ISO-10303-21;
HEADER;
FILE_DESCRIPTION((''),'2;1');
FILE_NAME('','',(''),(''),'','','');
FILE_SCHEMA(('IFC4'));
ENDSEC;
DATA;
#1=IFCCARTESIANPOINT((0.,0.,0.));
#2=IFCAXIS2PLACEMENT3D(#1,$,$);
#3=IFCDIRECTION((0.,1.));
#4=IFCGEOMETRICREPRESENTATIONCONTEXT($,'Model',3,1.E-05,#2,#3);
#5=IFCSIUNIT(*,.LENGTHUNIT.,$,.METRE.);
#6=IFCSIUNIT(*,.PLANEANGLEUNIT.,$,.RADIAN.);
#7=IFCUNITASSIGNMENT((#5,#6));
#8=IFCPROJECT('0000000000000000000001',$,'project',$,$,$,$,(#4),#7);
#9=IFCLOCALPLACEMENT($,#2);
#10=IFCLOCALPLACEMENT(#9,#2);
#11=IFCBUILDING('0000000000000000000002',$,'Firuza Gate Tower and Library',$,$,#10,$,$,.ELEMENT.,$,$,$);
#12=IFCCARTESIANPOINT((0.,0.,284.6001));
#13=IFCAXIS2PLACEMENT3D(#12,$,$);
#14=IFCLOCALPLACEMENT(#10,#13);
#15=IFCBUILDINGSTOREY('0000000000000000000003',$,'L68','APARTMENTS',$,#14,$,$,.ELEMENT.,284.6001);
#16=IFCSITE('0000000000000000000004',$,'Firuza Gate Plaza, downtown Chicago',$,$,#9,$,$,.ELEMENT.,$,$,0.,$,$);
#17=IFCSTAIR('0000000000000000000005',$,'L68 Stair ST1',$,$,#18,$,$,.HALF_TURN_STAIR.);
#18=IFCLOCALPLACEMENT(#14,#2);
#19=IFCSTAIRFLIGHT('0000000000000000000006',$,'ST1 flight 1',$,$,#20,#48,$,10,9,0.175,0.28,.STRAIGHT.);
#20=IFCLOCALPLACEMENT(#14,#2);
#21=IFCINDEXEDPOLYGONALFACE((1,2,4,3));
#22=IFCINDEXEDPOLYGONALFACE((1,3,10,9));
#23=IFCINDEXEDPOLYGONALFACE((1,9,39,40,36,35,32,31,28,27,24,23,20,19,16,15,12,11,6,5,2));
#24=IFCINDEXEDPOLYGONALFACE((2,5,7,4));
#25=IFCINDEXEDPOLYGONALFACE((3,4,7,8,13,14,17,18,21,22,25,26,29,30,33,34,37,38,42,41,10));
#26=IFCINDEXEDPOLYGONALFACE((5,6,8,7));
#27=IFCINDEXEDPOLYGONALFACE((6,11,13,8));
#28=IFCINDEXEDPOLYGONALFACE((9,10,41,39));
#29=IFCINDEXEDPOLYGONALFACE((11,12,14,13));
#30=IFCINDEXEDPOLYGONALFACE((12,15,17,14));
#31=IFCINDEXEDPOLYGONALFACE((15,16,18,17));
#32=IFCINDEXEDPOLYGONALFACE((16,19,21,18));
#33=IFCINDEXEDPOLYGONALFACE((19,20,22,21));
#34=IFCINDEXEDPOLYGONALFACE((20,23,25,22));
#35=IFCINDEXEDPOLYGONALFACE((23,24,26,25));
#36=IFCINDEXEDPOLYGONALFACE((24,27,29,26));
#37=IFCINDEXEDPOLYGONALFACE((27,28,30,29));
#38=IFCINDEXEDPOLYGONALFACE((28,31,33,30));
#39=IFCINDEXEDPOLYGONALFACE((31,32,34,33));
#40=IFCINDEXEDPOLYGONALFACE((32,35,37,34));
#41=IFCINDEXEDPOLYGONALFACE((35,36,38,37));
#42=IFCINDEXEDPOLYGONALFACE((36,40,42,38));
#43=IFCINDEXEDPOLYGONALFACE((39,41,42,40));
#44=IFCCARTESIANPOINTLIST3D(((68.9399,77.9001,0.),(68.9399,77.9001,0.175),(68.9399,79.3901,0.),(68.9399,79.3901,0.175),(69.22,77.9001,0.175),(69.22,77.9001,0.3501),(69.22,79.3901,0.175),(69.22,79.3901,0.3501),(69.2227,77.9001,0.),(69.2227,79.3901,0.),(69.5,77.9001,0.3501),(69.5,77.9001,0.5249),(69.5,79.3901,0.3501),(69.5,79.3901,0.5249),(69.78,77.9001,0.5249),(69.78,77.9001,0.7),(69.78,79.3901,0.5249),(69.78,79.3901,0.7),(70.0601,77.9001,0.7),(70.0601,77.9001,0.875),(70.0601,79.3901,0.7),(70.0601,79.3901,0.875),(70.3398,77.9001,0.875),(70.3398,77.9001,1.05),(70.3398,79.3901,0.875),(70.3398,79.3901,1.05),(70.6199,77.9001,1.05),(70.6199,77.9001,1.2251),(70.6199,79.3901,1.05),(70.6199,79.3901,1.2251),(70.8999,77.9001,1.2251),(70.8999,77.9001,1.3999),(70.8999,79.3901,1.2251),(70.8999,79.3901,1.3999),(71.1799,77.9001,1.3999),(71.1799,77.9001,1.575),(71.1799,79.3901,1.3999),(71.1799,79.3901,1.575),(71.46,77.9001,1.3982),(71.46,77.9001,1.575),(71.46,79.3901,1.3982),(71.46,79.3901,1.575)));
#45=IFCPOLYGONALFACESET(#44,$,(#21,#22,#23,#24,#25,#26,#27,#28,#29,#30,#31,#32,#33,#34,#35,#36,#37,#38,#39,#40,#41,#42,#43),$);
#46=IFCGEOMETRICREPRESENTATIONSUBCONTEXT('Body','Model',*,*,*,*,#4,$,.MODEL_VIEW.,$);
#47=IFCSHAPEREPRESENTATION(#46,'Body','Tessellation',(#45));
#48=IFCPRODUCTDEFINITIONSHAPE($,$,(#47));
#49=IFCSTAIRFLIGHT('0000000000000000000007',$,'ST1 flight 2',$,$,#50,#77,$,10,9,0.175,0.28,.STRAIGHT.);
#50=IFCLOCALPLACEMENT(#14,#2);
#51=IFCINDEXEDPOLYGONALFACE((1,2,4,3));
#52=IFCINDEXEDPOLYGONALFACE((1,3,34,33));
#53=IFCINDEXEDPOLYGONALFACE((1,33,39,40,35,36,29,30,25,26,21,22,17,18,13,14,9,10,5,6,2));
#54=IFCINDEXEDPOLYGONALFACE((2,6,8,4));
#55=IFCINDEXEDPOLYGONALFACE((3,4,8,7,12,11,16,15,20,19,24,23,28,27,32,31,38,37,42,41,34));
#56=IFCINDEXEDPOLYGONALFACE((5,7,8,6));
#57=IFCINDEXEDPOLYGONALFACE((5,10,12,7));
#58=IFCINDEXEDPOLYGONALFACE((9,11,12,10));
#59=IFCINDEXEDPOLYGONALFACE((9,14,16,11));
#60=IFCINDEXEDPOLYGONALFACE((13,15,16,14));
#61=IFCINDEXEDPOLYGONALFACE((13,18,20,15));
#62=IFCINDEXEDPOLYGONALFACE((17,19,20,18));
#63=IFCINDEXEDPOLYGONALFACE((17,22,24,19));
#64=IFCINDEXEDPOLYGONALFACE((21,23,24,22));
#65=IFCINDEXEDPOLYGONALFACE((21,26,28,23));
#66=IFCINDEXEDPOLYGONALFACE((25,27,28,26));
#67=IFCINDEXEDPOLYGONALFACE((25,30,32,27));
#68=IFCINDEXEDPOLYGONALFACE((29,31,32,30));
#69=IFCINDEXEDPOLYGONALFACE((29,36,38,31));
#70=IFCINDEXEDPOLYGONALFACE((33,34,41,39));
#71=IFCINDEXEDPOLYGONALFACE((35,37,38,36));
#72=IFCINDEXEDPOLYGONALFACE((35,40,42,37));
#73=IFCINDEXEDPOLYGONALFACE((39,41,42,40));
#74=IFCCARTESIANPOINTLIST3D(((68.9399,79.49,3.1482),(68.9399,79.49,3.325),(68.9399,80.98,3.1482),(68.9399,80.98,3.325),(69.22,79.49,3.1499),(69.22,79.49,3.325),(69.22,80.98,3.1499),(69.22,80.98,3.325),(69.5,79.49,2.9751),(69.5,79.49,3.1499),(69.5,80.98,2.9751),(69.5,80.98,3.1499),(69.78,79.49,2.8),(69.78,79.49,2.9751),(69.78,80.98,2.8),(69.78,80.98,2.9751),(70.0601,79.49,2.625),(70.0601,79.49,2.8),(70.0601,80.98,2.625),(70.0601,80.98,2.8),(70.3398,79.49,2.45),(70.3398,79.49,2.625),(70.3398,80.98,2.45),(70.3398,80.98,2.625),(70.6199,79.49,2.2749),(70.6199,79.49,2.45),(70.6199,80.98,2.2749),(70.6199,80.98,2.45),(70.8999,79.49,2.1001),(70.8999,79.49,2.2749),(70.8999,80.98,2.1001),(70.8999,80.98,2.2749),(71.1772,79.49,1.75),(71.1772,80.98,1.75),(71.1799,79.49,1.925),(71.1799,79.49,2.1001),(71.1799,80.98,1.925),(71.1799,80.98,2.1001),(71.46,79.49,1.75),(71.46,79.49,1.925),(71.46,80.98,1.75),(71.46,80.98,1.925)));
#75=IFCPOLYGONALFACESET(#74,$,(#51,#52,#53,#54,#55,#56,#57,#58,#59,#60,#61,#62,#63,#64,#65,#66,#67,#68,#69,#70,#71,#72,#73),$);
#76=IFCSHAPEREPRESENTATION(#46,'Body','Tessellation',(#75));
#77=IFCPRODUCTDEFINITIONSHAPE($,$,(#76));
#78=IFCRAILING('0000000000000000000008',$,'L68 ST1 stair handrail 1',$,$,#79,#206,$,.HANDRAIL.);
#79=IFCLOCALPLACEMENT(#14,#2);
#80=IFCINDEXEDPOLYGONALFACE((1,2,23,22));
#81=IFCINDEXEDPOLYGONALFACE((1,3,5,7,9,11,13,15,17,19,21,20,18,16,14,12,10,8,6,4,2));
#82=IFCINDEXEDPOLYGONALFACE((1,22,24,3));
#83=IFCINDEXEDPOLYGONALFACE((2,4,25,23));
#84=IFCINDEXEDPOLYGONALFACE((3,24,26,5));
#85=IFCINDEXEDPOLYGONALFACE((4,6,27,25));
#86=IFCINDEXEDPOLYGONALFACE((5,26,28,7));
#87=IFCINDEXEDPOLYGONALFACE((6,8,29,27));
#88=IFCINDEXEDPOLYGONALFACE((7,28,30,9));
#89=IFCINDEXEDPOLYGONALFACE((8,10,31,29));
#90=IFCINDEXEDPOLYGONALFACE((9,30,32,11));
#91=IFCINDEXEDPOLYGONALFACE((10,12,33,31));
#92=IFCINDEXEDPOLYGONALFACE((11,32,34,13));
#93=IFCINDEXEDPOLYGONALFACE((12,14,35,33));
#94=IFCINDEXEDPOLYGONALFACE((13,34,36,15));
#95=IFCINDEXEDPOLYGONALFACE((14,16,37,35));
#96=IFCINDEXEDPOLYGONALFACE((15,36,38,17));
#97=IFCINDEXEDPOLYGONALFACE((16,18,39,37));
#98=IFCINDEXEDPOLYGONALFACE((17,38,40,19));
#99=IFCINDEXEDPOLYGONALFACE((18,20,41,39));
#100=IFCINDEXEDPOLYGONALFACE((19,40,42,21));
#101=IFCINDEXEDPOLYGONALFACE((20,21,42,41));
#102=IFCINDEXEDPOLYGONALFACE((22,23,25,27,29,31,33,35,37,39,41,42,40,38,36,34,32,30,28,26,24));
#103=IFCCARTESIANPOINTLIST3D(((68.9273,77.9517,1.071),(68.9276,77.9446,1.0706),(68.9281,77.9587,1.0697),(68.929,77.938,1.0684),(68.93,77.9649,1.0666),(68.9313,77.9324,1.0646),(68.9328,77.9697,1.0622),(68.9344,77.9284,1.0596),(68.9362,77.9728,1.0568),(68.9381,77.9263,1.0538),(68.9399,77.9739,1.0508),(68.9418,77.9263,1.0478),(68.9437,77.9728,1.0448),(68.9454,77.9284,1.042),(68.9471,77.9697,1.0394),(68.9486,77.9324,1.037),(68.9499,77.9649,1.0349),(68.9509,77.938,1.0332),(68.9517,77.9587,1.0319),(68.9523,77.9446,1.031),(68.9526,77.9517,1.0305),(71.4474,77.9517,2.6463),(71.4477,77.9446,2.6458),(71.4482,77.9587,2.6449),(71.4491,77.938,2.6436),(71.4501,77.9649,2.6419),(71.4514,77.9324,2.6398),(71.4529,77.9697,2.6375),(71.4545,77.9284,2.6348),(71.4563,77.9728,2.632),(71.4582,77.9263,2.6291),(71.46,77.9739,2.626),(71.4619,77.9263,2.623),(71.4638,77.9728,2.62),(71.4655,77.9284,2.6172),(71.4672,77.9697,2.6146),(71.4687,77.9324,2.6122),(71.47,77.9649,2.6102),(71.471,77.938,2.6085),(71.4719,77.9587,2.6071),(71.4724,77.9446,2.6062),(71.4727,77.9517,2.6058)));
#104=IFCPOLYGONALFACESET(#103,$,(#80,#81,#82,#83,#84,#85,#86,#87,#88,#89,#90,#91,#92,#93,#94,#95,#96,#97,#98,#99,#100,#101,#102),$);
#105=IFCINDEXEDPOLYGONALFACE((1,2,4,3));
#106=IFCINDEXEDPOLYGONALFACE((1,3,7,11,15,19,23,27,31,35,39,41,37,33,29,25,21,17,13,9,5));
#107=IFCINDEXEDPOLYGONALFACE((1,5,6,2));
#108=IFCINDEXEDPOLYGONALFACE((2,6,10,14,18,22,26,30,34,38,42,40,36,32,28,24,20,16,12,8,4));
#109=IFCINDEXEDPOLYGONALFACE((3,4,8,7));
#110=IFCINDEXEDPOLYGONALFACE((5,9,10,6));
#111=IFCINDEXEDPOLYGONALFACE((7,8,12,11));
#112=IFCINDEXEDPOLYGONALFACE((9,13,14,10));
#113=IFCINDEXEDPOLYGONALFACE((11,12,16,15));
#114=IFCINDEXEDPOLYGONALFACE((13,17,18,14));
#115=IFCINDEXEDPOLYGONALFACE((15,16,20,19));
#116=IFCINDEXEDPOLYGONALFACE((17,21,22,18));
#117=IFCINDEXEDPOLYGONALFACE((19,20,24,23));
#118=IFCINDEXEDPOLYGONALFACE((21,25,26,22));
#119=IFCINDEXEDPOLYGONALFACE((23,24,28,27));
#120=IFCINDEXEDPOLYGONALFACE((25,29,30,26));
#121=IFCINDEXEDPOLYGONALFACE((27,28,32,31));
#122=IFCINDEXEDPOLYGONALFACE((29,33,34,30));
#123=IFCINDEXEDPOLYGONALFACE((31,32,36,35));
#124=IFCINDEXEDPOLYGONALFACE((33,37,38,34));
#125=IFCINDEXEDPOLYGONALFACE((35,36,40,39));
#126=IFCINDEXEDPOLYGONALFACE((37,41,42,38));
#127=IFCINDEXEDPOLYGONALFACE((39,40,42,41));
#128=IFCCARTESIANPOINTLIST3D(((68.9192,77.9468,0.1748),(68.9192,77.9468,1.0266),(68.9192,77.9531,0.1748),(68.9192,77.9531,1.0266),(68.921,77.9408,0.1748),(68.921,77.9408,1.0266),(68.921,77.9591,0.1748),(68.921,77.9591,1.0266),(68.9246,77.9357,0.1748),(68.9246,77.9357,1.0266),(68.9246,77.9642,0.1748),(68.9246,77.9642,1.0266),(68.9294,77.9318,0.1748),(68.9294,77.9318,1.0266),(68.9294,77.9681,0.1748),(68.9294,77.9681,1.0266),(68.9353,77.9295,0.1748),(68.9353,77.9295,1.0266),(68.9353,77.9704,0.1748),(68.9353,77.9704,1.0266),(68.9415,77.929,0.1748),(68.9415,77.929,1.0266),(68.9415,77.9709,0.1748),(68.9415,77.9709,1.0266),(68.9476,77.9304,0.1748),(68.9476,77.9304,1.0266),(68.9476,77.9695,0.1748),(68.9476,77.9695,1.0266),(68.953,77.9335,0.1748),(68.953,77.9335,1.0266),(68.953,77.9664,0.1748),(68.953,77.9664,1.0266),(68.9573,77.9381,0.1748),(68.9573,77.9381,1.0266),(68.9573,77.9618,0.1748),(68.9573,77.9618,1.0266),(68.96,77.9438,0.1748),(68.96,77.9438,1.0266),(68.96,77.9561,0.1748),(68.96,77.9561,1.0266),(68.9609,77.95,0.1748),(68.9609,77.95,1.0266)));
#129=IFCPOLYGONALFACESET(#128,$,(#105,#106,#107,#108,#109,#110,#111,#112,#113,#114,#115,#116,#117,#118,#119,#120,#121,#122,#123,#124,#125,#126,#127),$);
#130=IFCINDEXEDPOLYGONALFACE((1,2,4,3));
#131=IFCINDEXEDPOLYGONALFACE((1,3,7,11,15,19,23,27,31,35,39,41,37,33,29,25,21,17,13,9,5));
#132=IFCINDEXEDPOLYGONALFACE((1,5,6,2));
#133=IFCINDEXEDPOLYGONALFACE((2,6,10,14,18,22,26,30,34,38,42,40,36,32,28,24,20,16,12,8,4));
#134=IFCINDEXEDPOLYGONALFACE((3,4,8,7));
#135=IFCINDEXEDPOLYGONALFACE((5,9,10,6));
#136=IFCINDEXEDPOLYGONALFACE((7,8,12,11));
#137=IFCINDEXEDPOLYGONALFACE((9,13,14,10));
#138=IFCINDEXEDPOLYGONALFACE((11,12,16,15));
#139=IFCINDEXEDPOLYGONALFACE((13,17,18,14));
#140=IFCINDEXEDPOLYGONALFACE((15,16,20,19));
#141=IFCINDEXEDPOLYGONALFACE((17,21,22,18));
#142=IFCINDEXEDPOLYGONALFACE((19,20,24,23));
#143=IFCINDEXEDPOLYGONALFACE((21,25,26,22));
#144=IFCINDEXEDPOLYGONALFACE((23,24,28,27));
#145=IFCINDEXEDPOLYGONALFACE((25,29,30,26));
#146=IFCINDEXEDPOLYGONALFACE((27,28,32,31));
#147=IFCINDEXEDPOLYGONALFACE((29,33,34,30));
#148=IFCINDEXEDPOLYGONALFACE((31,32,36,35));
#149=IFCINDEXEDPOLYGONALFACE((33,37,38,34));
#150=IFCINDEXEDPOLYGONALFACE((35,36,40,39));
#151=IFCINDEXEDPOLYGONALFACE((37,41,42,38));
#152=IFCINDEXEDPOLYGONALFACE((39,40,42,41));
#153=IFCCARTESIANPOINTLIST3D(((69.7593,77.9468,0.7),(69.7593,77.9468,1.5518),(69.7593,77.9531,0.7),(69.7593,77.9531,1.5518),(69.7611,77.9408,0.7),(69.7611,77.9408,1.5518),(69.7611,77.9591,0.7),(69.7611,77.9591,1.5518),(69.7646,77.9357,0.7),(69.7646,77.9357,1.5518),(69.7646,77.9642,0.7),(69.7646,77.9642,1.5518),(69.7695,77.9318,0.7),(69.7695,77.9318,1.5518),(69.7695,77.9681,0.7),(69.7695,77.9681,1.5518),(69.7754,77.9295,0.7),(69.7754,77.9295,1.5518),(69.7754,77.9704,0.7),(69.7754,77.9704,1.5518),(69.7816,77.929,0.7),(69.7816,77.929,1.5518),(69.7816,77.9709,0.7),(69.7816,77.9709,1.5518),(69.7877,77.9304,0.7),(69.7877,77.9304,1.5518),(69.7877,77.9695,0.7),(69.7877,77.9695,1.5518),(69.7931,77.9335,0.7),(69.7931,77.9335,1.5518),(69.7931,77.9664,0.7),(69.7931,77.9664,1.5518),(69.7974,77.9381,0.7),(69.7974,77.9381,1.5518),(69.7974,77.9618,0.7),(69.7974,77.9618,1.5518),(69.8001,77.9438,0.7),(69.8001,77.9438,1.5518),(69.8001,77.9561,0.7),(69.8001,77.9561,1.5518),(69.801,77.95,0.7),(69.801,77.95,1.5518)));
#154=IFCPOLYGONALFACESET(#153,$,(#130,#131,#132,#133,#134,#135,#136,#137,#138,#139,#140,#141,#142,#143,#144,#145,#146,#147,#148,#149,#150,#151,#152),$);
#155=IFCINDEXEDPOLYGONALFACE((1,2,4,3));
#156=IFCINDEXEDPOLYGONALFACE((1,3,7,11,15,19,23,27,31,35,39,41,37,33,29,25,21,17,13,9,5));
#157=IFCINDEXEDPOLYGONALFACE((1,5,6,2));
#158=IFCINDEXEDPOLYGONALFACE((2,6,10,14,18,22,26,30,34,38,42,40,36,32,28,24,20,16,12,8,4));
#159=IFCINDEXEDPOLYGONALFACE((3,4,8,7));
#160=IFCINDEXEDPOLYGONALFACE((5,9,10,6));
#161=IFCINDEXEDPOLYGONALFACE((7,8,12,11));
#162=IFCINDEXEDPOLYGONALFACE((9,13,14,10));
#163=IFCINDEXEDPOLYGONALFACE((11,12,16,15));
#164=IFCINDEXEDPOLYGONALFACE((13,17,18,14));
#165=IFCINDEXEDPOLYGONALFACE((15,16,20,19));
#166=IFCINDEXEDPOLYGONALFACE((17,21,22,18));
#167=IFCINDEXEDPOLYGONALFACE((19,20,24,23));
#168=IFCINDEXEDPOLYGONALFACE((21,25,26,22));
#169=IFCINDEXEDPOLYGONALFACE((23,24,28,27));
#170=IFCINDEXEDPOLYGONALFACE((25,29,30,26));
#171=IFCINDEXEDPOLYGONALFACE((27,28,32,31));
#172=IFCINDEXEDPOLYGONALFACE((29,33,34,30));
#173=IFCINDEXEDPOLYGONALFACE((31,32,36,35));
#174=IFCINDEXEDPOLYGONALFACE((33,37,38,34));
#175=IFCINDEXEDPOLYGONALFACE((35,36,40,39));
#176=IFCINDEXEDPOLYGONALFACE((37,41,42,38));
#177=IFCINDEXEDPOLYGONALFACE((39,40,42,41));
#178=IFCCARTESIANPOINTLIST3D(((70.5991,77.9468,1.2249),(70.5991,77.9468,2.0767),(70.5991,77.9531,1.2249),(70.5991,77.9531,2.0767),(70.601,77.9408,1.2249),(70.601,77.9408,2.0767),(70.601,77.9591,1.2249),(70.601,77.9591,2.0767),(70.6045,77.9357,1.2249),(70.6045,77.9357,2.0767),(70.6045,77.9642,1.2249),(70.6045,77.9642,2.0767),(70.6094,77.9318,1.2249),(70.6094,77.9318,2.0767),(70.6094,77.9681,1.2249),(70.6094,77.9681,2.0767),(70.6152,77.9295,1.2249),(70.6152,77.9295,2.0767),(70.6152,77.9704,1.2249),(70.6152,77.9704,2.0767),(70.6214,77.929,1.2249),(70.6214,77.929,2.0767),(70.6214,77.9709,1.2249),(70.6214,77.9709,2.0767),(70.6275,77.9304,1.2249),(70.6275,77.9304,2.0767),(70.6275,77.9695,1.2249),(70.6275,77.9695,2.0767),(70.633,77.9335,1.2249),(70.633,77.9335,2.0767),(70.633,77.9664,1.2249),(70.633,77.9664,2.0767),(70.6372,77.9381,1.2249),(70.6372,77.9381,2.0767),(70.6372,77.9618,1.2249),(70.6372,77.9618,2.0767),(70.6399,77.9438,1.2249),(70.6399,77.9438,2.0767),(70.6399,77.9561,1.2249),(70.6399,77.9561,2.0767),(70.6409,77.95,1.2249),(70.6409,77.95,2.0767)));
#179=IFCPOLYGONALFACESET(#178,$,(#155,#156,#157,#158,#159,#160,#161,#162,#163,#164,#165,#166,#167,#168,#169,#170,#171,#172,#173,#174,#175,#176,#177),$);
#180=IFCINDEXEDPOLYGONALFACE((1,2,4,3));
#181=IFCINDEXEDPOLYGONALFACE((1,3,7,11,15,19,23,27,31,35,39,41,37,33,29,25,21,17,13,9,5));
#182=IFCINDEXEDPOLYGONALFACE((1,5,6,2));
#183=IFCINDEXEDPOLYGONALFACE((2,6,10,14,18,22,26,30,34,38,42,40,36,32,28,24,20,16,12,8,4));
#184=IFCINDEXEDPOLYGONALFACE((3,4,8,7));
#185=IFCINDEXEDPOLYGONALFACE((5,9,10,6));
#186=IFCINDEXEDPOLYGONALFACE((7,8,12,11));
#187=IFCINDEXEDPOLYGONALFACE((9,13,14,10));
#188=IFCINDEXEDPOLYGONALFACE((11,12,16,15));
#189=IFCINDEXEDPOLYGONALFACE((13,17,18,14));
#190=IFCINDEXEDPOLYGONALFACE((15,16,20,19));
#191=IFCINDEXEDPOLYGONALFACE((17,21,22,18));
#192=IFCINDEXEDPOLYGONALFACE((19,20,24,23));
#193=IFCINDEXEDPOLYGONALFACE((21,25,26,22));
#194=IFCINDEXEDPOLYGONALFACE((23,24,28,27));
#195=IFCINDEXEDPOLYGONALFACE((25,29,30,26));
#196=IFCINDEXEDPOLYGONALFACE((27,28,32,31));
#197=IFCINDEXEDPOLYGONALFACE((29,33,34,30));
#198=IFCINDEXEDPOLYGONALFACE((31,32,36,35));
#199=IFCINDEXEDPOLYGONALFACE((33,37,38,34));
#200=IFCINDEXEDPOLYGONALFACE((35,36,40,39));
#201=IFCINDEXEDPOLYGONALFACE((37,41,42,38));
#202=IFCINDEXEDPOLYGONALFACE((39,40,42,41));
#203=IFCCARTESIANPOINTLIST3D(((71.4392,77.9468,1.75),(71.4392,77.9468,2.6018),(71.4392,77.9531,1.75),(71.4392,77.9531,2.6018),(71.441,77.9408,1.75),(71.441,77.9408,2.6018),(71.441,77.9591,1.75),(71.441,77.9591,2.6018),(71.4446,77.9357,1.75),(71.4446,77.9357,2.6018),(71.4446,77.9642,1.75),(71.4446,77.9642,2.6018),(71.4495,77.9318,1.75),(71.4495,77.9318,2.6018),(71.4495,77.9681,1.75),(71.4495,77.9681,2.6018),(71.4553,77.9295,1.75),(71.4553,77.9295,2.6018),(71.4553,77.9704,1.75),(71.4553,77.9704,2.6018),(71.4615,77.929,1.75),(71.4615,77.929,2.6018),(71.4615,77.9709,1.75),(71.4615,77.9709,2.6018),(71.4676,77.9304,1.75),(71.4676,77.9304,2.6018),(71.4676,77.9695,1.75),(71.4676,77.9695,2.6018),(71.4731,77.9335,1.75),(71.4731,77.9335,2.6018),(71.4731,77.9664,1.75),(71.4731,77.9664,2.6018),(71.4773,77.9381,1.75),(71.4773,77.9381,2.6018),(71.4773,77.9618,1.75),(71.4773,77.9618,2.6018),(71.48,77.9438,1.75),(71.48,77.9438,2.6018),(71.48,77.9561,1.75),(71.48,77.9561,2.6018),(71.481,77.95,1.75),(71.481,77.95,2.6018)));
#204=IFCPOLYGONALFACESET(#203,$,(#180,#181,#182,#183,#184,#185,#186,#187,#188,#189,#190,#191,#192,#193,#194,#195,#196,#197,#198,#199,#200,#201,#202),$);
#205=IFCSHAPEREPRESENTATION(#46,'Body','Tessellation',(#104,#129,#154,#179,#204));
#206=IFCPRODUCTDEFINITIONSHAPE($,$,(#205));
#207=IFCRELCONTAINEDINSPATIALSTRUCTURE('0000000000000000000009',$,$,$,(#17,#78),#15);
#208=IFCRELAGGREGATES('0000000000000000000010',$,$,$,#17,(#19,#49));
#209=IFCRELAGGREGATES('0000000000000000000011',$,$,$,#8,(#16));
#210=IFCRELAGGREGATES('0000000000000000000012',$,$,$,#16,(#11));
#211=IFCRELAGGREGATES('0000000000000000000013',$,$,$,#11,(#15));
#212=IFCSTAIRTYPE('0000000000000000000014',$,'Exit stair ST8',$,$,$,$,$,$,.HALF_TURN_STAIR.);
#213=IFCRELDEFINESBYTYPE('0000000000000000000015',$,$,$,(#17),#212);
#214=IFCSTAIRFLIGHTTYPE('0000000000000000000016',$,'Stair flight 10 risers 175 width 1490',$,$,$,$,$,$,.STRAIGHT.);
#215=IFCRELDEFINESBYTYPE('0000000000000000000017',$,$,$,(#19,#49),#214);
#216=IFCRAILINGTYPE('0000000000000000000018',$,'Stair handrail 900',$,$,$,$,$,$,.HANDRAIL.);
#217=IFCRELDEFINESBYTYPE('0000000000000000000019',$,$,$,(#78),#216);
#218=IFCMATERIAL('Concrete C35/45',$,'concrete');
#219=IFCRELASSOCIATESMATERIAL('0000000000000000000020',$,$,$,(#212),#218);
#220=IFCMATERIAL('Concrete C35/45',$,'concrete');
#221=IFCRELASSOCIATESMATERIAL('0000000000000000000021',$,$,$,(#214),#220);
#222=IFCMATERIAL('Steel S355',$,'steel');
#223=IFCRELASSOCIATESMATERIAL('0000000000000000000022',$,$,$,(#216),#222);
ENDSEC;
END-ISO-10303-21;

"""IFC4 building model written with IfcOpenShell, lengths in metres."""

from ifc_helpers import new_model, si_unit, direction, frame, origin, origin_2d, place, context, subcontext, project, spatial, polyline, circle, outline, extrude, material, type_object, element, aggregate, save


model = new_model("IFC4")

# Units and contexts
model_context = context("Model", 3, precision=1e-05, world=origin(), true_north=direction((0.0, 1.0)))
body_context = subcontext(model_context, "Body", "Model", "MODEL_VIEW")
ifc_project = project(units=[si_unit("LENGTHUNIT", "METRE"), si_unit("PLANEANGLEUNIT", "RADIAN")], contexts=[model_context])

# Site, building, storey
site_placement = place(None, origin())
site = spatial("IfcSite", under=ifc_project, at=site_placement, Name="Firuza Gate Plaza, downtown Chicago", CompositionType="ELEMENT", RefElevation=0.0)
building_placement = place(site_placement, origin())
building = spatial("IfcBuilding", under=site, at=building_placement, Name="Firuza Gate Tower and Library", CompositionType="ELEMENT")
storey_placement = place(building_placement, frame((0.0, 0.0, 284.6001)))
storey = spatial("IfcBuildingStorey", under=building, at=storey_placement, Name="L68", Description="APARTMENTS", CompositionType="ELEMENT", Elevation=284.6001)

# Stair, stair flights
ifc_material_1 = material(Name="Concrete C35/45", Category="concrete")
stair_type = type_object("IfcStairType", Name="Exit stair ST8", PredefinedType="HALF_TURN_STAIR", material=ifc_material_1)
stair_placement = place(storey_placement, origin())
stair = element("IfcStair", 1, at=stair_placement, inside=storey, type_object=stair_type, Name="L68 Stair ST1", PredefinedType="HALF_TURN_STAIR")
ifc_material_2 = material(Name="Concrete C35/45", Category="concrete")
stair_flight_type = type_object("IfcStairFlightType", Name="Stair flight 10 risers 175 width 1490", PredefinedType="STRAIGHT", material=ifc_material_2)
stair_flight_1_placement = place(storey_placement, frame((68.9399, 78.645, 0.0), z_axis=(0.0, 0.0, 1.0), x_axis=(1.0, 0.0, 0.0)))
stair_flight_1 = element("IfcStairFlight", 2, at=stair_flight_1_placement, type_object=stair_flight_type, Name="ST1 flight 1", NumberOfRisers=10, NumberOfTreads=9, PredefinedType="STRAIGHT", RiserHeight=0.175, TreadLength=0.28, context=body_context, shape_type="SweptSolid", body=[
    extrude(outline(polyline([(0.0, 0.0), (0.0, 0.175), (0.28, 0.175), (0.28, 0.3501), (0.5601, 0.3501), (0.5601, 0.5249), (0.8401, 0.5249), (0.8401, 0.7), (1.1201, 0.7), (1.1201, 0.875), (1.3999, 0.875), (1.3999, 1.05), (1.6799, 1.05), (1.6799, 1.2251), (1.96, 1.2251), (1.96, 1.3999), (2.24, 1.3999), (2.24, 1.575), (2.52, 1.575), (2.52, 1.75), (2.52, 1.3982), (0.2827, 0.0), (0.0, 0.0)])), frame((0.0, 0.7451, 0.0), z_axis=(0.0, -1.0, 0.0), x_axis=(1.0, 0.0, 0.0)), (0.0, 0.0, 1.0), 1.49),
])
stair_flight_2_placement = place(storey_placement, frame((71.46, 80.2351, 1.75), z_axis=(0.0, 0.0, 1.0), x_axis=(-1.0, 0.0, 0.0)))
stair_flight_2 = element("IfcStairFlight", 3, at=stair_flight_2_placement, type_object=stair_flight_type, Name="ST1 flight 2", NumberOfRisers=10, NumberOfTreads=9, PredefinedType="STRAIGHT", RiserHeight=0.175, TreadLength=0.28, context=body_context, shape_type="SweptSolid", body=[
    extrude(outline(polyline([(0.0, 0.0), (0.0, 0.175), (0.28, 0.175), (0.28, 0.3501), (0.5601, 0.3501), (0.5601, 0.5249), (0.8401, 0.5249), (0.8401, 0.7), (1.1201, 0.7), (1.1201, 0.875), (1.3999, 0.875), (1.3999, 1.05), (1.6799, 1.05), (1.6799, 1.2251), (1.96, 1.2251), (1.96, 1.3999), (2.24, 1.3999), (2.24, 1.575), (2.52, 1.575), (2.52, 1.75), (2.52, 1.3982), (0.2827, 0.0), (0.0, 0.0)])), frame((0.0, 0.7451, 0.0), z_axis=(0.0, -1.0, 0.0), x_axis=(1.0, 0.0, 0.0)), (0.0, 0.0, 1.0), 1.49),
])
aggregate(stair, [stair_flight_1, stair_flight_2])

# Railing
ifc_material_3 = material(Name="Steel S355", Category="steel")
railing_type = type_object("IfcRailingType", Name="Stair handrail 900", PredefinedType="HANDRAIL", material=ifc_material_3)
railing_1_placement = place(storey_placement, frame((68.9399, 77.95, 0.1748)))
element("IfcRailing", 4, at=railing_1_placement, inside=storey, type_object=railing_type, Name="L68 ST1 stair handrail 1", PredefinedType="HANDRAIL", context=body_context, shape_type="SweptSolid", body=[
    extrude(circle(Radius=0.0239, at=origin_2d()), frame((0.0, 0.0, 0.876), z_axis=(0.847971, 0.0, 0.530043), x_axis=(0.0, 1.0, 0.0)), (0.0, 0.0, 1.0), 2.9719),
    extrude(circle(Radius=0.021, at=origin_2d()), origin(), (0.0, 0.0, 1.0), 0.8518),
    extrude(circle(Radius=0.021, at=origin_2d()), frame((0.8401, 0.0, 0.5251)), (0.0, 0.0, 1.0), 0.8518),
    extrude(circle(Radius=0.021, at=origin_2d()), frame((1.6799, 0.0, 1.05)), (0.0, 0.0, 1.0), 0.8518),
    extrude(circle(Radius=0.021, at=origin_2d()), frame((2.52, 0.0, 1.5752)), (0.0, 0.0, 1.0), 0.8518),
])

save(model, "model.ifc")
